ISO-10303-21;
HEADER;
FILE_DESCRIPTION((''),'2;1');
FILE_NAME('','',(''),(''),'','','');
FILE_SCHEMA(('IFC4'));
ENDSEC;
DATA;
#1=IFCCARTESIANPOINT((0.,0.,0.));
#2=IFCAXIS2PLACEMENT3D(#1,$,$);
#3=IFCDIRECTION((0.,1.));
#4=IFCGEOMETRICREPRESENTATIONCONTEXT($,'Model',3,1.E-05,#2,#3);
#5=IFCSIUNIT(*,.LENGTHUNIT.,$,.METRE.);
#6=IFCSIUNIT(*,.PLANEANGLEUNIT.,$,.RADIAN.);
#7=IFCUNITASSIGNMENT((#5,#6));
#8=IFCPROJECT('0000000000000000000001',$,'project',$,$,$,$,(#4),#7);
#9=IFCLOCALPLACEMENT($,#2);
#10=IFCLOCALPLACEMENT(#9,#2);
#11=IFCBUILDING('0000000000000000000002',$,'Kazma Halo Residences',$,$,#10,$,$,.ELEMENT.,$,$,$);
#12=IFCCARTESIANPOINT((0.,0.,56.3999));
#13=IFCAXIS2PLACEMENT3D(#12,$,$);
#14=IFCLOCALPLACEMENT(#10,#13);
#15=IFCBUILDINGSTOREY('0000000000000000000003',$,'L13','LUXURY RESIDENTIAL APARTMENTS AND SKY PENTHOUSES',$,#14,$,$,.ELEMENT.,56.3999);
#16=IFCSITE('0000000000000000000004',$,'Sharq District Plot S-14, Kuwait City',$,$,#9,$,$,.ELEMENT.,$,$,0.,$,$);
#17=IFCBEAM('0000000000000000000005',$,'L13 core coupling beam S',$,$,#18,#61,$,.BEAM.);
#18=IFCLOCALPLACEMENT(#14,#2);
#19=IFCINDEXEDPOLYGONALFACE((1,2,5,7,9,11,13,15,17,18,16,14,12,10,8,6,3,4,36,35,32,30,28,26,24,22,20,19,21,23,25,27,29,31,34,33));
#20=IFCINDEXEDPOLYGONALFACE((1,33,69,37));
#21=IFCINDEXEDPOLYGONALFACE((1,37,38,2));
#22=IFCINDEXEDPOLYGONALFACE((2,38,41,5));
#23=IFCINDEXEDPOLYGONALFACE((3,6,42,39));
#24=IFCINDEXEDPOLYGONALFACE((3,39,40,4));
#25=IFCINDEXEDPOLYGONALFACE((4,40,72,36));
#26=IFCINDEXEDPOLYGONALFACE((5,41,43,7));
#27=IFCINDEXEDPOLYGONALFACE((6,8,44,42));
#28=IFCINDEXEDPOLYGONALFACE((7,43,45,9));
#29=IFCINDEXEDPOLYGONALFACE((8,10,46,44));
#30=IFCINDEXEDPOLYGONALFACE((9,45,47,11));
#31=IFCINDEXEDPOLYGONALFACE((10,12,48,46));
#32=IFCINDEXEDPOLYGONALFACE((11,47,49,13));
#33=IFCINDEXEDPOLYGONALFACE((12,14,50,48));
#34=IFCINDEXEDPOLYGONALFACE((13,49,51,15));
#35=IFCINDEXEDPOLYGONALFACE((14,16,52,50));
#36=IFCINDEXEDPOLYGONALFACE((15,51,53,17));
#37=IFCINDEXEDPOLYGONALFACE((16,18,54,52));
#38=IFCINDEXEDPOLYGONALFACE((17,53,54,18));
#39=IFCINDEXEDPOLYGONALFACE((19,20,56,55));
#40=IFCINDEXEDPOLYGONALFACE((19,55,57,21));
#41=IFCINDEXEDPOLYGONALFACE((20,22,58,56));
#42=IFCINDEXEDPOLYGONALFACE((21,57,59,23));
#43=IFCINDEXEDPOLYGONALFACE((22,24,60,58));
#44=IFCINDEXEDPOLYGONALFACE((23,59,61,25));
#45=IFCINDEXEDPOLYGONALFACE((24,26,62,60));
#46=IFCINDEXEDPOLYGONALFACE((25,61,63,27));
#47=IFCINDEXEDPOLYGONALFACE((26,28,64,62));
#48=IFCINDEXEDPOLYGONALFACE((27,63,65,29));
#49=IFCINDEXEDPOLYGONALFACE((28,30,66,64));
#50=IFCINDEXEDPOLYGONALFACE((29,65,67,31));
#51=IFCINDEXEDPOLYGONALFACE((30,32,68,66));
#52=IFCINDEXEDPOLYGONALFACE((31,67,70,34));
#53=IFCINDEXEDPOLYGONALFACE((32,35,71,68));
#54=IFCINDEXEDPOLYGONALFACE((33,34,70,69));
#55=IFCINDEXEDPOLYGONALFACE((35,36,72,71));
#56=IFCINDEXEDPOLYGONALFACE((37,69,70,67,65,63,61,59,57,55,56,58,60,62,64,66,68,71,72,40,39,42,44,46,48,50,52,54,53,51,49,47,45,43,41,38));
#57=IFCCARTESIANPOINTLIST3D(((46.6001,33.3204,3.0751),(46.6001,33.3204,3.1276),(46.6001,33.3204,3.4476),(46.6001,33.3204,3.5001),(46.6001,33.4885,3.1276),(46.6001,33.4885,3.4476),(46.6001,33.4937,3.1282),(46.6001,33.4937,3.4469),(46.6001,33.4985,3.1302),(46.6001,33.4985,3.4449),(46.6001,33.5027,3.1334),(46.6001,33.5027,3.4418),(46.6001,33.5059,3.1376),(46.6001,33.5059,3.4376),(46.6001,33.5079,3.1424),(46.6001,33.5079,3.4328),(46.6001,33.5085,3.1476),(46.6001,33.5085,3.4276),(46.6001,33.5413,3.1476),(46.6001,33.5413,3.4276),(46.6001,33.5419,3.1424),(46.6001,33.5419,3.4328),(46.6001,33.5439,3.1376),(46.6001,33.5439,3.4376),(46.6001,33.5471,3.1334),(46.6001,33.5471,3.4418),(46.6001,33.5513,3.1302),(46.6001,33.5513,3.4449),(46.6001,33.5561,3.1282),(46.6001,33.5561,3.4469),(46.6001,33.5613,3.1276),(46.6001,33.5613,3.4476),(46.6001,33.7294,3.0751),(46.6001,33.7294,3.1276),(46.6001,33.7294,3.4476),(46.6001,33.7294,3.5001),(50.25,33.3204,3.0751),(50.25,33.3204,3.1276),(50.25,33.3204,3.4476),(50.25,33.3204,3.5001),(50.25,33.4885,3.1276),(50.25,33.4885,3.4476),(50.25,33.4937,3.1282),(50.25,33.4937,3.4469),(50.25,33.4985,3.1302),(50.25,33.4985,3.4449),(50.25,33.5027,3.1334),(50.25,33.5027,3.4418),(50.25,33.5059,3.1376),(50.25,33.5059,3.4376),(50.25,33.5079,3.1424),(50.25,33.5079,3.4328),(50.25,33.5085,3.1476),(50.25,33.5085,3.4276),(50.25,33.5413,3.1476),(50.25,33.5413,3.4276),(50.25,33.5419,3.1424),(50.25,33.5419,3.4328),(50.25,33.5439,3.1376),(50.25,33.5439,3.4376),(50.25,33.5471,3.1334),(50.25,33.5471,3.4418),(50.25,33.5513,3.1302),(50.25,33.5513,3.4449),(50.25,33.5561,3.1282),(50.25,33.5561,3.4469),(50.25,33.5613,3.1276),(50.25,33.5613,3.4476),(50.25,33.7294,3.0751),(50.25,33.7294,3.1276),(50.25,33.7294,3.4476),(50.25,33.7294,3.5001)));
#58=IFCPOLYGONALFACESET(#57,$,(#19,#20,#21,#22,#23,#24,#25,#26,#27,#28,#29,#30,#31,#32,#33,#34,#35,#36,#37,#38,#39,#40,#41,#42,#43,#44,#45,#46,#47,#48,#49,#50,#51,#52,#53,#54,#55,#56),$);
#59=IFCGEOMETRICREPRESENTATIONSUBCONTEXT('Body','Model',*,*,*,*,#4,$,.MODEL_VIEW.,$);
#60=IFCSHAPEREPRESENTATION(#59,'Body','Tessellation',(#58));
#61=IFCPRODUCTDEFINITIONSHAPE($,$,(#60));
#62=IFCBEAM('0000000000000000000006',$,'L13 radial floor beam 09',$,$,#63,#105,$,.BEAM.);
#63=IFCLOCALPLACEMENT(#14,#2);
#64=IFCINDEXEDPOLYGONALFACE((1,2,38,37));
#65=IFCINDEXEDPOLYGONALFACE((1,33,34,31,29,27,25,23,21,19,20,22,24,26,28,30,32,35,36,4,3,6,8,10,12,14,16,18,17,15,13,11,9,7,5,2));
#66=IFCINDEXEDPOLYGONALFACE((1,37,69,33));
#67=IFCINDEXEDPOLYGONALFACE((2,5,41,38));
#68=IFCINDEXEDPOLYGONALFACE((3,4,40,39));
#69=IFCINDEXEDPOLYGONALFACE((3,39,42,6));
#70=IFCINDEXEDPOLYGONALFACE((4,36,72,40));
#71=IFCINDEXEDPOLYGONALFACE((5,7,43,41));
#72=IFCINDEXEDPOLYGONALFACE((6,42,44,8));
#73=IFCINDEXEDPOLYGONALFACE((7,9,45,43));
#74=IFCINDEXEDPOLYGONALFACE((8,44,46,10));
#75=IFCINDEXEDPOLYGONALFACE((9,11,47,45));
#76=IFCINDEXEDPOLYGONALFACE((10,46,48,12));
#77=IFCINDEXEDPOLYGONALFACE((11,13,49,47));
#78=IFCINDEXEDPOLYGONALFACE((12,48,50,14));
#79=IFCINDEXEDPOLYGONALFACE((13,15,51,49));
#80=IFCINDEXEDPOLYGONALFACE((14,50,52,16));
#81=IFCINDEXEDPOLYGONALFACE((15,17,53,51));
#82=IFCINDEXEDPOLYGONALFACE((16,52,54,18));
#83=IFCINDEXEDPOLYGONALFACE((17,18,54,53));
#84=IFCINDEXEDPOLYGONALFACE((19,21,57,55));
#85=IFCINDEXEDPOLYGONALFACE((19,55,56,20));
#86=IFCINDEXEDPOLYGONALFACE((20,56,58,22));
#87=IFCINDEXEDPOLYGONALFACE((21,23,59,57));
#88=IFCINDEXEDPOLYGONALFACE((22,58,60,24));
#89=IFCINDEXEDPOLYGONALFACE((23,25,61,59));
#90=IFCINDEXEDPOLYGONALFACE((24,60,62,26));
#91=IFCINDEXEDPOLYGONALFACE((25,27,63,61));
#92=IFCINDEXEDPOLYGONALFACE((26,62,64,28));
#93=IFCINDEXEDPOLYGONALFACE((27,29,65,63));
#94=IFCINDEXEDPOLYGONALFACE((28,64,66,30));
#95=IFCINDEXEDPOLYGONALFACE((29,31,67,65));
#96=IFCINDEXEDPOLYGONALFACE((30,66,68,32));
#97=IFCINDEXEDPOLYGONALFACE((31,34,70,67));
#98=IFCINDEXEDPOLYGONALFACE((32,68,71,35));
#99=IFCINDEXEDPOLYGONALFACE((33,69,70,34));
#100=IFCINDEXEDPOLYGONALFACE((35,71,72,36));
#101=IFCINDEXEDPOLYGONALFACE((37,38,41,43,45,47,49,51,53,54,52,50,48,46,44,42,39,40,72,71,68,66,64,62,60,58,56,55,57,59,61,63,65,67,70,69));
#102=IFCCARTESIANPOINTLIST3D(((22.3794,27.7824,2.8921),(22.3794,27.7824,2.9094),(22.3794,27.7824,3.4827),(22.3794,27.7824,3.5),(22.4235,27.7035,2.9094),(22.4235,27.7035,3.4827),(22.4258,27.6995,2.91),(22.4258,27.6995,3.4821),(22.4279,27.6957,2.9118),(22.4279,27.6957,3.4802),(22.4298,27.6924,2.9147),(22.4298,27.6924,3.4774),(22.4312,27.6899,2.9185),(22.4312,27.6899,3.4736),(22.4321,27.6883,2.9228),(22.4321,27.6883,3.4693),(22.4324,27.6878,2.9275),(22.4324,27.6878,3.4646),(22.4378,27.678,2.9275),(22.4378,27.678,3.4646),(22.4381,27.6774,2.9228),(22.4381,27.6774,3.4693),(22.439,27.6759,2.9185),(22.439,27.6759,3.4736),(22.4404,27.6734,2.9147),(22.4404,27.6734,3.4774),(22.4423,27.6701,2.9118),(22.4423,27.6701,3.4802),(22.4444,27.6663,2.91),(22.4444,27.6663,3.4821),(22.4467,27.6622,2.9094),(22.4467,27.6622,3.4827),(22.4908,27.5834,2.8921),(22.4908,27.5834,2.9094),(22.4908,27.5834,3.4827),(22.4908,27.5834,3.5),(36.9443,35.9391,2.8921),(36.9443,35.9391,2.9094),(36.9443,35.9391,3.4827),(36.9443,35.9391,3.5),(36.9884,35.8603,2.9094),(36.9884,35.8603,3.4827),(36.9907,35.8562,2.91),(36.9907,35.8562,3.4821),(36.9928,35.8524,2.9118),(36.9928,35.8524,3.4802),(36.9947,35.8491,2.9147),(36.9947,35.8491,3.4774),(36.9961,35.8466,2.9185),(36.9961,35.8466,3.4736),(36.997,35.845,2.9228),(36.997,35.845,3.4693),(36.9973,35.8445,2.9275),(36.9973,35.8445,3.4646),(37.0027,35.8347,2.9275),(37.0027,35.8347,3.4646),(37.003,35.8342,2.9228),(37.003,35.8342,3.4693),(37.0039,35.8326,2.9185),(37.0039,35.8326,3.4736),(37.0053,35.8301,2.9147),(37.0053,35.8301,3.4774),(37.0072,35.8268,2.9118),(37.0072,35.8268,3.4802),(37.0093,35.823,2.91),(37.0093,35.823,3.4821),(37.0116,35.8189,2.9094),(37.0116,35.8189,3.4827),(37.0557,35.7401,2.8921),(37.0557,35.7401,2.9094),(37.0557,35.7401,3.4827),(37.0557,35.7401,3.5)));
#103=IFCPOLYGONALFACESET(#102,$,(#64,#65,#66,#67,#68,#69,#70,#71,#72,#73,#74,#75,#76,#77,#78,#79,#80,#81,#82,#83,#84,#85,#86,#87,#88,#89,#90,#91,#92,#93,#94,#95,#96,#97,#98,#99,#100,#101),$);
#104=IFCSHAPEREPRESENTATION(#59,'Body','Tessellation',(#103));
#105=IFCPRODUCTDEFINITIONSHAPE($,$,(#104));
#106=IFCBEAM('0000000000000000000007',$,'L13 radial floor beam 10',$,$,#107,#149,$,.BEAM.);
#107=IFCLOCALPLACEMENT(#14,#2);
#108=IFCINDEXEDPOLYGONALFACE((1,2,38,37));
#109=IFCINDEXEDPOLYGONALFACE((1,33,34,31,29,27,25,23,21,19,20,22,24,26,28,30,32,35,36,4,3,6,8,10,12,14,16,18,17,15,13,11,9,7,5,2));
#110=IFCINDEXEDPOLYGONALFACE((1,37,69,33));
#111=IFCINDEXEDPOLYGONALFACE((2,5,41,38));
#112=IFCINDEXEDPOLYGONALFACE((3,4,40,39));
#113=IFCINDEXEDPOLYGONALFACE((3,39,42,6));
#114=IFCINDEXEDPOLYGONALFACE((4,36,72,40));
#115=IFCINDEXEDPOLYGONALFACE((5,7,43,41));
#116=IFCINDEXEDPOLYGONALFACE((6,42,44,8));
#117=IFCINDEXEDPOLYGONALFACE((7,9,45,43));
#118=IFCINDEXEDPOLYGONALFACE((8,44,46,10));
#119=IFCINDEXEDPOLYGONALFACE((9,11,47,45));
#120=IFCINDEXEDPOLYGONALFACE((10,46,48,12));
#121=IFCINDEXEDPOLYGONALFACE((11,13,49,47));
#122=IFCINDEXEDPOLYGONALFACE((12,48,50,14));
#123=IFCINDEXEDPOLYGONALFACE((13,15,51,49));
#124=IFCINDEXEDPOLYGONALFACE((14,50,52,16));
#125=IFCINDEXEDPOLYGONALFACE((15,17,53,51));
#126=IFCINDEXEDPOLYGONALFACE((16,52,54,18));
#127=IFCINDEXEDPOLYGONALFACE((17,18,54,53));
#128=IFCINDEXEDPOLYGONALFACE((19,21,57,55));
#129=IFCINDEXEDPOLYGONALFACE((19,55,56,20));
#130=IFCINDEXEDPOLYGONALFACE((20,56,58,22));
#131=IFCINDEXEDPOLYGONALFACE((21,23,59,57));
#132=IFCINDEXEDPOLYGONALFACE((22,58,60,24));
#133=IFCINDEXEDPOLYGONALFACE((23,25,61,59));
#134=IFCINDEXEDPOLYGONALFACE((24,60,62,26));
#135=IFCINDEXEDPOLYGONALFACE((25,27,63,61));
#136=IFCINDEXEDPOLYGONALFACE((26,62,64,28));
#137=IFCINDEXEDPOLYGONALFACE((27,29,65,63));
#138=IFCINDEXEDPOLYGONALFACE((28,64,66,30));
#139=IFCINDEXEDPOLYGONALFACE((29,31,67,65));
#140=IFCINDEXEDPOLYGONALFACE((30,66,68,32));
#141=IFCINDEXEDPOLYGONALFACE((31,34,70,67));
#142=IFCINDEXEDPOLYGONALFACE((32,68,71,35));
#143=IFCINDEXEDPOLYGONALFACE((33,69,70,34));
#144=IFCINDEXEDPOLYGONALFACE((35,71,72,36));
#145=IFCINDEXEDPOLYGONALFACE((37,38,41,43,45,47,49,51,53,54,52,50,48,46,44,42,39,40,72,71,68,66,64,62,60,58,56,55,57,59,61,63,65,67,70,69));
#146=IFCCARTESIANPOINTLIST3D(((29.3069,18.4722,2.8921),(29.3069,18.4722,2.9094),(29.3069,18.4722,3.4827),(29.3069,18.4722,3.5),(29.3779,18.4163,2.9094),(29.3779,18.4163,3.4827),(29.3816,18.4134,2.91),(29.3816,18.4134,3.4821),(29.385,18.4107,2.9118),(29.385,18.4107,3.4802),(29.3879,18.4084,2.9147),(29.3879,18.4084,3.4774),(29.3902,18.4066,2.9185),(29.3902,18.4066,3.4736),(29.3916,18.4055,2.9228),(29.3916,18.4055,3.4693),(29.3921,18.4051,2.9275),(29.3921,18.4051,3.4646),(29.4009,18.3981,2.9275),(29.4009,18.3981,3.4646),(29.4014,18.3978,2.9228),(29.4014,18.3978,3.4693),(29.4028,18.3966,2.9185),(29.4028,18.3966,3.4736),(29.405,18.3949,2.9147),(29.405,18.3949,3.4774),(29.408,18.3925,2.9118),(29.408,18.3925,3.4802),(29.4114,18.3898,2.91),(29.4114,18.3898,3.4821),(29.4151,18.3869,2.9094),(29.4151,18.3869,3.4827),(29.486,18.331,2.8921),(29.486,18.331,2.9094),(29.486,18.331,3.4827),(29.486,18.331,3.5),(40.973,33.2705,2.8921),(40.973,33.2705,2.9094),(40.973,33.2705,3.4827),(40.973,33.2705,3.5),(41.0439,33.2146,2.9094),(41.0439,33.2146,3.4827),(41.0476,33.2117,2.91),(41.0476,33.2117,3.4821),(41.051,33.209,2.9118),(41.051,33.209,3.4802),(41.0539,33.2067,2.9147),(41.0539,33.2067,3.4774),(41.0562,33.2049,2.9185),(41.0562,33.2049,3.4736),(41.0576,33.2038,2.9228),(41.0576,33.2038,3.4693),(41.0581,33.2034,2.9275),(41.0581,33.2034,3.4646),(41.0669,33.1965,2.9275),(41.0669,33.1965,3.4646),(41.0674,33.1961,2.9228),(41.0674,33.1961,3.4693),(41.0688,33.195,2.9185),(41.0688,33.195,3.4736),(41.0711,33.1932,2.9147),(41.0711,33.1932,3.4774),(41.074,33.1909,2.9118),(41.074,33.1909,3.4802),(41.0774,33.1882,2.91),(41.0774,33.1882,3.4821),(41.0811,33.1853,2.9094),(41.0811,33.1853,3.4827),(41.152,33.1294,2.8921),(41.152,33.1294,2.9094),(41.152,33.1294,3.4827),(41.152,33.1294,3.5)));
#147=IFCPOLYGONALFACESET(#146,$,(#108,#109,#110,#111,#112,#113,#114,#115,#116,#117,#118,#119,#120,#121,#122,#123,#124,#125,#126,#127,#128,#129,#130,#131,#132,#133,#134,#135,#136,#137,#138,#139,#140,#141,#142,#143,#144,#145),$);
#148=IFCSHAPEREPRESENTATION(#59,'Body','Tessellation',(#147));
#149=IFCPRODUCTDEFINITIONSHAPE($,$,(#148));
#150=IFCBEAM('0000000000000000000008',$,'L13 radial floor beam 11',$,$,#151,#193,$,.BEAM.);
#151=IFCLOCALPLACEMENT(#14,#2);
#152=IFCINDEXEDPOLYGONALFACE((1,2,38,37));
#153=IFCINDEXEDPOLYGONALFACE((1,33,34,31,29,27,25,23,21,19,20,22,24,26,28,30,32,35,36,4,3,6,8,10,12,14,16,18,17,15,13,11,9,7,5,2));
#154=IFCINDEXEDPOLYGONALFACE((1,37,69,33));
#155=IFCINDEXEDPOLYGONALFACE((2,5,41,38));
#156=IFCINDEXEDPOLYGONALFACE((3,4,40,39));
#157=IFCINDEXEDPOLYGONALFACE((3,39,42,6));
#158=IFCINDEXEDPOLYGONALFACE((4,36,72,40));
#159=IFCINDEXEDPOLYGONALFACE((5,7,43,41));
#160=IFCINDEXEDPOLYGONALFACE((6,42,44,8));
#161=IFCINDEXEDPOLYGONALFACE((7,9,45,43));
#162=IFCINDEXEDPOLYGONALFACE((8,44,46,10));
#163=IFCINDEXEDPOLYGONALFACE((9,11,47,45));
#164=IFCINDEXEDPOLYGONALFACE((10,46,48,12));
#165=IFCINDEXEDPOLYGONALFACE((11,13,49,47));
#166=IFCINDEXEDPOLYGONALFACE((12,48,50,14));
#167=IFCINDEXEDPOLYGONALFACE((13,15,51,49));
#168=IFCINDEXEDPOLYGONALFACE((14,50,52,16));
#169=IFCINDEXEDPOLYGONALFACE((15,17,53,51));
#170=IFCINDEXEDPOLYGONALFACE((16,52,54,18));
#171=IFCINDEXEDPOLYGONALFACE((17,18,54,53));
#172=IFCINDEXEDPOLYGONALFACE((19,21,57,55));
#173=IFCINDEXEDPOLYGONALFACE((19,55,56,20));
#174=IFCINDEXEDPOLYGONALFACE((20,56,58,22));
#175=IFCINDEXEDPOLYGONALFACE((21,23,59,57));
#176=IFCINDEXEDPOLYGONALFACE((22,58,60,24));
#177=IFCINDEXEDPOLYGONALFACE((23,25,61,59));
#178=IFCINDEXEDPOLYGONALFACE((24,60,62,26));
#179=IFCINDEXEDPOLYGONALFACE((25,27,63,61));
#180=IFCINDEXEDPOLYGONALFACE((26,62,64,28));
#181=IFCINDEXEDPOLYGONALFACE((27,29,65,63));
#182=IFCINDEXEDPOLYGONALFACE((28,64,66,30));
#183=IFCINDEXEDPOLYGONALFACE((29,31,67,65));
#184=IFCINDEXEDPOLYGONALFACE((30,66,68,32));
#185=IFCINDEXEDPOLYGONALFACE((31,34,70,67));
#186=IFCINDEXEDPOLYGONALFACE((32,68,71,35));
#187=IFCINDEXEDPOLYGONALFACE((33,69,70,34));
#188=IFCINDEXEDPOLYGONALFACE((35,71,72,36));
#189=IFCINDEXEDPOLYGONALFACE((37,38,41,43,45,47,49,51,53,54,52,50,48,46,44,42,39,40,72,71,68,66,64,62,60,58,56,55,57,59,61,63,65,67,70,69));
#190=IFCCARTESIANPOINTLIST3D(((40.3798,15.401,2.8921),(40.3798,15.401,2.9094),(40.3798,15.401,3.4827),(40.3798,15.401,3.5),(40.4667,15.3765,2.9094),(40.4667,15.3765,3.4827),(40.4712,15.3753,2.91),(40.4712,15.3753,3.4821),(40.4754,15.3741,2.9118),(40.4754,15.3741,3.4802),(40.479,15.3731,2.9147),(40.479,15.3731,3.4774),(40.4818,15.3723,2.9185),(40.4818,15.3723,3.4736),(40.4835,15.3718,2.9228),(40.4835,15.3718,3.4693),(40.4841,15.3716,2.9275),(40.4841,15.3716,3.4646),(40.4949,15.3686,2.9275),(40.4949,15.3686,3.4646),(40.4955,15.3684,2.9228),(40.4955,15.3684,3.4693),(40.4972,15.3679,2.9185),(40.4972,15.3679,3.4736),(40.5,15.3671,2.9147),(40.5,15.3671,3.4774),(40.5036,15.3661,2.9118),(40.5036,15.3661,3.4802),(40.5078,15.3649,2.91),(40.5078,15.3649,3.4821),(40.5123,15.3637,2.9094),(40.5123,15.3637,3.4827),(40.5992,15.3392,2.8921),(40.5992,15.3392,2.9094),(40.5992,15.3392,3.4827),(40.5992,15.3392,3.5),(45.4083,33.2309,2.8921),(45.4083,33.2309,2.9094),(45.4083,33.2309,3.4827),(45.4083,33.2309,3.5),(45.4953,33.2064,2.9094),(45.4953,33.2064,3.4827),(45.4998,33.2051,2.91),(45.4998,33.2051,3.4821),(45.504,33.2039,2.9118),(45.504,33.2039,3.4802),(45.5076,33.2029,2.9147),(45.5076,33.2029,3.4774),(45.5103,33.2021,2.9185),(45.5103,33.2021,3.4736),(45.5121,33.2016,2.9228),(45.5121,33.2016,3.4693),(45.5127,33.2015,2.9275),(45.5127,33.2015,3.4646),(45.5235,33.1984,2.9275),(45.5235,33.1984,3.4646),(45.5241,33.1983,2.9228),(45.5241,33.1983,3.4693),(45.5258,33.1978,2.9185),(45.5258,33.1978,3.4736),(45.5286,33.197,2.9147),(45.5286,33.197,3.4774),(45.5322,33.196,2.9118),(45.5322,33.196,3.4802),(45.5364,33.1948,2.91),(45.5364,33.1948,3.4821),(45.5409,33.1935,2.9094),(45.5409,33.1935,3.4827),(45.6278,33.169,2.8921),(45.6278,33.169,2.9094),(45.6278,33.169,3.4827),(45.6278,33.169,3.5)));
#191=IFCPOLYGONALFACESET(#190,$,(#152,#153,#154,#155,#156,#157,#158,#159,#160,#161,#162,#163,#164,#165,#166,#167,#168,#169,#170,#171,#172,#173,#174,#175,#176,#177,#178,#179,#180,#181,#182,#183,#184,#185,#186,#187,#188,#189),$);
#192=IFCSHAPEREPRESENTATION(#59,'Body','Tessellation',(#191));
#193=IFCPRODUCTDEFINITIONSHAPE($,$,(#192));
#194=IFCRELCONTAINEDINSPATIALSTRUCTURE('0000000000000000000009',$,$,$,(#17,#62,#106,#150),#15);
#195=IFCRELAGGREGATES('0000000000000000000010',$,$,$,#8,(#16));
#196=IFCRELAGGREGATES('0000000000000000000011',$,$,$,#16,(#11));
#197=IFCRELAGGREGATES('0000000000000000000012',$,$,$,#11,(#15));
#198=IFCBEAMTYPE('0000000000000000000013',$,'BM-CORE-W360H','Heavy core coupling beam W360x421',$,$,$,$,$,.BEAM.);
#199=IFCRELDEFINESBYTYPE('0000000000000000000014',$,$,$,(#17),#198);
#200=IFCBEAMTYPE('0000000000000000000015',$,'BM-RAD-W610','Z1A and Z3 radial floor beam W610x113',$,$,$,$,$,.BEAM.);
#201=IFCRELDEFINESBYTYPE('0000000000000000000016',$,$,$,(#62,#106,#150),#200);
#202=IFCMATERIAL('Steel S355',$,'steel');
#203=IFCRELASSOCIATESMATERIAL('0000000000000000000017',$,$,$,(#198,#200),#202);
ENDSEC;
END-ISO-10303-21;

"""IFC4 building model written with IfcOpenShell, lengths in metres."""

from ifc_helpers import new_model, si_unit, direction, frame, origin, origin_2d, place, context, subcontext, project, spatial, i_section, extrude, material, material_profile, profile_set, type_object, element, save


model = new_model("IFC4")

# Units and contexts
model_context = context("Model", 3, precision=1e-05, world=origin(), true_north=direction((0.0, 1.0)))
body_context = subcontext(model_context, "Body", "Model", "MODEL_VIEW")
ifc_project = project(units=[si_unit("LENGTHUNIT", "METRE"), si_unit("PLANEANGLEUNIT", "RADIAN")], contexts=[model_context])

# Site, building, storey
site_placement = place(None, origin())
site = spatial("IfcSite", under=ifc_project, at=site_placement, Name="Sharq District Plot S-14, Kuwait City", CompositionType="ELEMENT", RefElevation=0.0)
building_placement = place(site_placement, origin())
building = spatial("IfcBuilding", under=site, at=building_placement, Name="Kazma Halo Residences", CompositionType="ELEMENT")
storey_placement = place(building_placement, frame((0.0, 0.0, 56.3999)))
storey = spatial("IfcBuildingStorey", under=building, at=storey_placement, Name="L13", Description="LUXURY RESIDENTIAL APARTMENTS AND SKY PENTHOUSES", CompositionType="ELEMENT", Elevation=56.3999)

# Beams
ifc_material_1 = material(Name="Steel S355", Category="steel")
ifc_material_profile_1 = material_profile(ifc_material_1, i_section(OverallWidth=0.4089, OverallDepth=0.425, WebThickness=0.0327, FlangeThickness=0.0525, FilletRadius=0.02, at=origin_2d()), Name="W360x421")
ifc_profile_set_1 = profile_set([ifc_material_profile_1], Name="Steel S355")
beam_type_1 = type_object("IfcBeamType", Name="BM-CORE-W360H", Description="Heavy core coupling beam W360x421", PredefinedType="BEAM", material=ifc_profile_set_1)
beam_1_placement = place(storey_placement, frame((46.6001, 33.5249, 3.2876), z_axis=(1.0, 0.0, 0.0), x_axis=(0.0, 1.0, 0.0)))
element("IfcBeam", 1, at=beam_1_placement, inside=storey, type_object=beam_type_1, Name="L13 core coupling beam S", PredefinedType="BEAM", context=body_context, shape_type="SweptSolid", body=[
    extrude(i_section(OverallWidth=0.4089, OverallDepth=0.425, WebThickness=0.0327, FlangeThickness=0.0525, FilletRadius=0.02, at=origin_2d()), origin(), (0.0, 0.0, 1.0), 3.6499),
])
ifc_material_profile_2 = material_profile(ifc_material_1, i_section(OverallWidth=0.228, OverallDepth=0.6079, WebThickness=0.0112, FlangeThickness=0.0173, FilletRadius=0.0181, at=origin_2d()), Name="W610x113")
ifc_profile_set_2 = profile_set([ifc_material_profile_2], Name="Steel S355")
beam_type_2 = type_object("IfcBeamType", Name="BM-RAD-W610", Description="Z1A and Z3 radial floor beam W610x113", PredefinedType="BEAM", material=ifc_profile_set_2)
beam_2_placement = place(storey_placement, frame((37.0, 35.8396, 3.196), z_axis=(-0.872497, -0.48862, 0.0), x_axis=(0.48862, -0.872497, 0.0)))
element("IfcBeam", 2, at=beam_2_placement, inside=storey, type_object=beam_type_2, Name="L13 radial floor beam 09", PredefinedType="BEAM", context=body_context, shape_type="SweptSolid", body=[
    extrude(i_section(OverallWidth=0.228, OverallDepth=0.6079, WebThickness=0.0112, FlangeThickness=0.0173, FilletRadius=0.0181, at=origin_2d()), origin(), (0.0, 0.0, 1.0), 16.6934),
])
beam_3_placement = place(storey_placement, frame((41.0625, 33.2, 3.196), z_axis=(-0.619092, -0.785318, 0.0), x_axis=(0.785318, -0.619092, 0.0)))
element("IfcBeam", 3, at=beam_3_placement, inside=storey, type_object=beam_type_2, Name="L13 radial floor beam 10", PredefinedType="BEAM", context=body_context, shape_type="SweptSolid", body=[
    extrude(i_section(OverallWidth=0.228, OverallDepth=0.6079, WebThickness=0.0112, FlangeThickness=0.0173, FilletRadius=0.0181, at=origin_2d()), origin(), (0.0, 0.0, 1.0), 18.8438),
])
beam_4_placement = place(storey_placement, frame((45.5181, 33.2, 3.196), z_axis=(-0.271442, -0.962455, 0.0), x_axis=(0.962455, -0.271442, 0.0)))
element("IfcBeam", 4, at=beam_4_placement, inside=storey, type_object=beam_type_2, Name="L13 radial floor beam 11", PredefinedType="BEAM", context=body_context, shape_type="SweptSolid", body=[
    extrude(i_section(OverallWidth=0.228, OverallDepth=0.6079, WebThickness=0.0112, FlangeThickness=0.0173, FilletRadius=0.0181, at=origin_2d()), origin(), (0.0, 0.0, 1.0), 18.5254),
])

save(model, "model.ifc")
